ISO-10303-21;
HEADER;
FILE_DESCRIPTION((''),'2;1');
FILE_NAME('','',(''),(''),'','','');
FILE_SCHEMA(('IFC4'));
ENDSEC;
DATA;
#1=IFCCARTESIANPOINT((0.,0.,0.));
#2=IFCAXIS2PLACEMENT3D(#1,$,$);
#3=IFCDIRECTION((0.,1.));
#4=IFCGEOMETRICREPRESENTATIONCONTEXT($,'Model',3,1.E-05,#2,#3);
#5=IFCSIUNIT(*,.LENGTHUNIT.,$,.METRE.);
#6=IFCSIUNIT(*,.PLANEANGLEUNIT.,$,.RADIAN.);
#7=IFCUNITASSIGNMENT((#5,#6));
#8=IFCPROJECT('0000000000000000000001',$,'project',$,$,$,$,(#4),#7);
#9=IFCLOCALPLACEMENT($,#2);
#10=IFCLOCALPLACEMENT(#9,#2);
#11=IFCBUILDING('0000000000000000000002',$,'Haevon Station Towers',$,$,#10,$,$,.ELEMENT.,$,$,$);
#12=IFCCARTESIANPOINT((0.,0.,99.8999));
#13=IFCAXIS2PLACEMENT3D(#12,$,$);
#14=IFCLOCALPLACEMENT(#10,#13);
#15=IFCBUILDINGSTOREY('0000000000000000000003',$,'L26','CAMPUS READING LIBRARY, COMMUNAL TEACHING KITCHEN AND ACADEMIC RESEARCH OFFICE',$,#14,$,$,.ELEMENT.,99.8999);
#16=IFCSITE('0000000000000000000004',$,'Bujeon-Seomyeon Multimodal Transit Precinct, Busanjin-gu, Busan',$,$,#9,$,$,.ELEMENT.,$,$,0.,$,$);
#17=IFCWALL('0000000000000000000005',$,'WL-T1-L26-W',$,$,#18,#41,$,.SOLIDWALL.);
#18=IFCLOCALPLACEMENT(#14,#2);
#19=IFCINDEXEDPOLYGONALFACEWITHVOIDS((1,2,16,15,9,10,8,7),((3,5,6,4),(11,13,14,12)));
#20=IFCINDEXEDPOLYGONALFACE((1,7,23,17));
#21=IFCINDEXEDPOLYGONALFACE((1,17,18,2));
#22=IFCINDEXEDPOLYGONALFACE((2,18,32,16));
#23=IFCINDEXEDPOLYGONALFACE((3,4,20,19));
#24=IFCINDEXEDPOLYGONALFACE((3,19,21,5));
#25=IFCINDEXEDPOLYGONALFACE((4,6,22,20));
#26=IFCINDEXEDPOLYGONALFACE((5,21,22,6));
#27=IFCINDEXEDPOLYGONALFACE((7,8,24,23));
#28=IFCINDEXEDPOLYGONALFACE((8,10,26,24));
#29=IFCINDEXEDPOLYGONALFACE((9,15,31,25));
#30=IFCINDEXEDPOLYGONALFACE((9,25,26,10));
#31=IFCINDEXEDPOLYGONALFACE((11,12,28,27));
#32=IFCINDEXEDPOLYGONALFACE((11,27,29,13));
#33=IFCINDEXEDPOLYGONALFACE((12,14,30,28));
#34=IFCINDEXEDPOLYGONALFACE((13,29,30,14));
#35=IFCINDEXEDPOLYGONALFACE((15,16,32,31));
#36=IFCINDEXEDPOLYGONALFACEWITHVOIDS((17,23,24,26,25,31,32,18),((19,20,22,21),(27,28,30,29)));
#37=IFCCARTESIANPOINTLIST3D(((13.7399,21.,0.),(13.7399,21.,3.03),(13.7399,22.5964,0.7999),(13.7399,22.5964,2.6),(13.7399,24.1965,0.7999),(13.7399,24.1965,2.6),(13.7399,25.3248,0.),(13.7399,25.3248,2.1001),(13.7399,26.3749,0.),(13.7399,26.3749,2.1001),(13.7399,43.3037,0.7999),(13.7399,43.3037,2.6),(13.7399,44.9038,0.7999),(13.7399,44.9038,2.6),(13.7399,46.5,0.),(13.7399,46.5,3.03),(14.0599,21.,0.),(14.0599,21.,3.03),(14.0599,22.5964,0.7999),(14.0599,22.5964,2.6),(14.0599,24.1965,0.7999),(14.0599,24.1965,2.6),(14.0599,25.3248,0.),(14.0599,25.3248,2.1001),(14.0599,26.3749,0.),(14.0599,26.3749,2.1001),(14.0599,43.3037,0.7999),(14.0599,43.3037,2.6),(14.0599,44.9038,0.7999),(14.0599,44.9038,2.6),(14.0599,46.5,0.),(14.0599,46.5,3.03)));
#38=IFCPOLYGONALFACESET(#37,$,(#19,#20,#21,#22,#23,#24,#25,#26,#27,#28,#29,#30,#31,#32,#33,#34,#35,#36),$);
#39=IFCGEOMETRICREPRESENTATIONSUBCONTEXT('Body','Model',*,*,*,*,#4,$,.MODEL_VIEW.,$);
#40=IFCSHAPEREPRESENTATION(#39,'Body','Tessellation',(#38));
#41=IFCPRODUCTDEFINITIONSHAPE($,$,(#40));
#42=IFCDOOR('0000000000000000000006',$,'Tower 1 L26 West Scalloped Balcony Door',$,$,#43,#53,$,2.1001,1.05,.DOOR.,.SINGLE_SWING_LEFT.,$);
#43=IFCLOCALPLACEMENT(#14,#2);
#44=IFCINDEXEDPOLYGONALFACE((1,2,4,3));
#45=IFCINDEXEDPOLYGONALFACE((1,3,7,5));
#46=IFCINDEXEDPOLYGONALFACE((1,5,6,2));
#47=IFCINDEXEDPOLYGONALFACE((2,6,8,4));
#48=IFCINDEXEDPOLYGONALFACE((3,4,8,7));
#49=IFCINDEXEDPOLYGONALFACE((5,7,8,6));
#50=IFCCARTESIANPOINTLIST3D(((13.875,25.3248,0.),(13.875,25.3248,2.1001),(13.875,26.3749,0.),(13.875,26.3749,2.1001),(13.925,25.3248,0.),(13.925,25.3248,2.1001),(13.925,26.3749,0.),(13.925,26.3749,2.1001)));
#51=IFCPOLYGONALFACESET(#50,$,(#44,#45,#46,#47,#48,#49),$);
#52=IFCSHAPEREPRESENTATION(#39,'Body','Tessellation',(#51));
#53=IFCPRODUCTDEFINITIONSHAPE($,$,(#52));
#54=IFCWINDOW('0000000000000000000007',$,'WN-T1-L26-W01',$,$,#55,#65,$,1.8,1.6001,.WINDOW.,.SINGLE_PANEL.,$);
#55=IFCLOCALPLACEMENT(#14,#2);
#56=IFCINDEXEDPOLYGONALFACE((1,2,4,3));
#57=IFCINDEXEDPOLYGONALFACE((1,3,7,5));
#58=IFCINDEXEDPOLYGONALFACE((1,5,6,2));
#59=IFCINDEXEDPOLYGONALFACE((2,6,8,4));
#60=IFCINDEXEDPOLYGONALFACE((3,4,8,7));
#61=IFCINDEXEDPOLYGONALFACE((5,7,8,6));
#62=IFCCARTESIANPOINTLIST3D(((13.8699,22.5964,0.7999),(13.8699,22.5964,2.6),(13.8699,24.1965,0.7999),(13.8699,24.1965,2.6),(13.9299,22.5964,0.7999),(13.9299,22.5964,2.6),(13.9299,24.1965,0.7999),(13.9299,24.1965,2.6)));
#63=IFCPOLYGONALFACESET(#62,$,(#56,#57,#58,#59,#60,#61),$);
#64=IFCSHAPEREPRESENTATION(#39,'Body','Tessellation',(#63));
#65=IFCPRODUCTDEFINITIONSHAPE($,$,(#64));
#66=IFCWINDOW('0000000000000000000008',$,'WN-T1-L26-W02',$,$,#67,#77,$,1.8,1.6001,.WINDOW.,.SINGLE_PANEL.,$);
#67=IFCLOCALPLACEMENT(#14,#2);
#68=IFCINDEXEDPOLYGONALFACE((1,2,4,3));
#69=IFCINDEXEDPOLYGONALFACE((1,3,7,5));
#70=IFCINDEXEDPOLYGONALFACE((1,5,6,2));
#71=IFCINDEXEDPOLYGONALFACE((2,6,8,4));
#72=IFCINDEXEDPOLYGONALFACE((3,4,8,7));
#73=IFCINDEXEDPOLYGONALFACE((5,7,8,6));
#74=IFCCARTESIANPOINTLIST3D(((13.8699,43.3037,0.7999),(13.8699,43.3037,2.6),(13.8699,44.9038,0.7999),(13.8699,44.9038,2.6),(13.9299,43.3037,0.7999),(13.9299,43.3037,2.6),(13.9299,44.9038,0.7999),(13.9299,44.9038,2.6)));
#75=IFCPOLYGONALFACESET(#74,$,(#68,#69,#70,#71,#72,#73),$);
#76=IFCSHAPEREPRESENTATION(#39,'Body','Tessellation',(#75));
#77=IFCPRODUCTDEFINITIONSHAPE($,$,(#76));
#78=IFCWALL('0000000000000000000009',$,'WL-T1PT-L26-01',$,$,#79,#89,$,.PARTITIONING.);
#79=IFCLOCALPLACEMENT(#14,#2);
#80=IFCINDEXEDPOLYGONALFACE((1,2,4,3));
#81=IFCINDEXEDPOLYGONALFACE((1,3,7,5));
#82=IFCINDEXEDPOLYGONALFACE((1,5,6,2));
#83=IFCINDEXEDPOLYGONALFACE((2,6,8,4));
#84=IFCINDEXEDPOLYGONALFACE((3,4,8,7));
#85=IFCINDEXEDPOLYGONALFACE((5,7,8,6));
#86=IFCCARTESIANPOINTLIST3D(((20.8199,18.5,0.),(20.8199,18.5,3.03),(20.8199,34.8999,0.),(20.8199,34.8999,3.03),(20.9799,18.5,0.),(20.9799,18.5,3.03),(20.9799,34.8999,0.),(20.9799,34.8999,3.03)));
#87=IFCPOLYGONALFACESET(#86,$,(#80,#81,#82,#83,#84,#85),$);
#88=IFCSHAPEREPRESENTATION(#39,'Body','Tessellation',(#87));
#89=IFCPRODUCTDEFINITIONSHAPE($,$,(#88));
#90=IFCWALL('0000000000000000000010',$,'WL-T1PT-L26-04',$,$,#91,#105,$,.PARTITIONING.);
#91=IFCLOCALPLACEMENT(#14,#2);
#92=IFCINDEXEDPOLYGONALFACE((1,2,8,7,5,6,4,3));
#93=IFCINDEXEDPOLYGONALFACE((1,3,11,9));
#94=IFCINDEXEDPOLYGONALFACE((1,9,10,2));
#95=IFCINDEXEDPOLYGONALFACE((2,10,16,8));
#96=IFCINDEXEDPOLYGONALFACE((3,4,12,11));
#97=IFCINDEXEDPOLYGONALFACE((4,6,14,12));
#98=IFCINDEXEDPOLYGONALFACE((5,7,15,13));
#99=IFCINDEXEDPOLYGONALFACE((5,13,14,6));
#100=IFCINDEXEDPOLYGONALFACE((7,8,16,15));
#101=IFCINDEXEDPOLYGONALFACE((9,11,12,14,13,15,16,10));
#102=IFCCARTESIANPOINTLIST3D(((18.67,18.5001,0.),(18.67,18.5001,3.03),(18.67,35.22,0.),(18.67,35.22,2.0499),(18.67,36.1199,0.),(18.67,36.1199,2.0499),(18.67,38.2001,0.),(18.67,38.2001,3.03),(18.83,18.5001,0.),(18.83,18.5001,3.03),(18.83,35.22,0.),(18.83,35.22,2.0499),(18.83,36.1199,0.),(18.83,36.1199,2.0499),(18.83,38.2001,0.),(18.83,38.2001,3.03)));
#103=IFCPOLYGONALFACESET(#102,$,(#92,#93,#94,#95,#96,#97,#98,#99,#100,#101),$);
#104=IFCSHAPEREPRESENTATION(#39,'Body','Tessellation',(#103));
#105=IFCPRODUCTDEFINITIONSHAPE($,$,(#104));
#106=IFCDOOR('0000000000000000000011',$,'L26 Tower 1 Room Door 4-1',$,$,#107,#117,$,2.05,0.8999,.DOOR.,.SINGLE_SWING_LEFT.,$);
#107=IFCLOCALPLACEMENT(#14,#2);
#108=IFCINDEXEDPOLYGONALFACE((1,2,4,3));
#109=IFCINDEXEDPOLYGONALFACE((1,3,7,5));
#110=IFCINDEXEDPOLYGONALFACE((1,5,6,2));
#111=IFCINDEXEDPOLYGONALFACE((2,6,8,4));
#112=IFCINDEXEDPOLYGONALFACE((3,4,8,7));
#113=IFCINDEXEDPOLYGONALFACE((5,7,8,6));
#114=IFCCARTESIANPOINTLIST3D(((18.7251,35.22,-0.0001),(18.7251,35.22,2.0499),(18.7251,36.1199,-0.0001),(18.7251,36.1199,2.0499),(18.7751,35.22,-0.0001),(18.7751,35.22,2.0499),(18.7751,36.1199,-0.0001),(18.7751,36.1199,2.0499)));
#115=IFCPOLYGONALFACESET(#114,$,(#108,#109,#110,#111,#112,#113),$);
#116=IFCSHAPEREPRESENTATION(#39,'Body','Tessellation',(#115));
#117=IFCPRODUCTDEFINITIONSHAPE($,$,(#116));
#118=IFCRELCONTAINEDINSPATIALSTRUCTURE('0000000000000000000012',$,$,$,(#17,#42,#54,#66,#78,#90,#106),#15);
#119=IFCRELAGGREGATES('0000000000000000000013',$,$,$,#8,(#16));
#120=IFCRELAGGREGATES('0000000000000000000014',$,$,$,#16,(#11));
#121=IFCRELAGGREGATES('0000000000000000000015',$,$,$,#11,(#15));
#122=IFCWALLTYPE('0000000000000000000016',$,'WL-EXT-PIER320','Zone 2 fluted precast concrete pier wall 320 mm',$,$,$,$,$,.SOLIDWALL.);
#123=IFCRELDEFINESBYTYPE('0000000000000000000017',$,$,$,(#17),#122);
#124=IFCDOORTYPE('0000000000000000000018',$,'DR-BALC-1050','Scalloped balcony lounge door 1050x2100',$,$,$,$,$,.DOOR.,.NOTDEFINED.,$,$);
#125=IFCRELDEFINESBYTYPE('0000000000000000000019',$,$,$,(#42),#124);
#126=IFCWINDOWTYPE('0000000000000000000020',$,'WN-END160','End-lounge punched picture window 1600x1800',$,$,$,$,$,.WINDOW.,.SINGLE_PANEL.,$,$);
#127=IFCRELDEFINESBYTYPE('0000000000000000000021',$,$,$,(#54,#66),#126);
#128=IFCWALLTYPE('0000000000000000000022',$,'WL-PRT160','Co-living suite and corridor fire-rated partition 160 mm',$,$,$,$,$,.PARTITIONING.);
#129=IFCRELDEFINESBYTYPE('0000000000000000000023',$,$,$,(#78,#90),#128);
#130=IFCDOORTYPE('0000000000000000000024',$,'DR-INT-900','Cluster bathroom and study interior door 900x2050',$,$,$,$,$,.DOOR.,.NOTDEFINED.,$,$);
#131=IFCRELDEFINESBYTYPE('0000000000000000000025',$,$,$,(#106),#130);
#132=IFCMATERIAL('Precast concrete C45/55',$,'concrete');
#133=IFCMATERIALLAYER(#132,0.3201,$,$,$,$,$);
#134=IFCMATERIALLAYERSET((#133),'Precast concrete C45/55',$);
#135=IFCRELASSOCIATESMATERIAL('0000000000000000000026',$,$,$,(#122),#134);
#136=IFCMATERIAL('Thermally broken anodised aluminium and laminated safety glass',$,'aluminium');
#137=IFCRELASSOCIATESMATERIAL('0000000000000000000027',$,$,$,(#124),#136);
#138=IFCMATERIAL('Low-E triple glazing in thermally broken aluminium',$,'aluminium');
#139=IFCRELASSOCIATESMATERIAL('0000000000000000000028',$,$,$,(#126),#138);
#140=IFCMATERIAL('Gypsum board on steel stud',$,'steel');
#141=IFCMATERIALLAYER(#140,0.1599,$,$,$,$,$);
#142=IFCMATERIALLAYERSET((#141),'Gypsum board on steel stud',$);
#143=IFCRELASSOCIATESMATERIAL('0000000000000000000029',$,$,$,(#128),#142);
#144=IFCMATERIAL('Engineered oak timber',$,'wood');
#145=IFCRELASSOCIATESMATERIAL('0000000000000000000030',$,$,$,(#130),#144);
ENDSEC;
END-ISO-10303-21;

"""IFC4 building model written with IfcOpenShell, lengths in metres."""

from ifc_helpers import new_model, si_unit, direction, frame, frame_2d, origin, place, context, subcontext, project, spatial, rectangle, extrude, material, layer, layer_set, type_object, element, fill, save


model = new_model("IFC4")

# Units and contexts
model_context = context("Model", 3, precision=1e-05, world=origin(), true_north=direction((0.0, 1.0)))
body_context = subcontext(model_context, "Body", "Model", "MODEL_VIEW")
ifc_project = project(units=[si_unit("LENGTHUNIT", "METRE"), si_unit("PLANEANGLEUNIT", "RADIAN")], contexts=[model_context])

# Site, building, storey
site_placement = place(None, origin())
site = spatial("IfcSite", under=ifc_project, at=site_placement, Name="Bujeon-Seomyeon Multimodal Transit Precinct, Busanjin-gu, Busan", CompositionType="ELEMENT", RefElevation=0.0)
building_placement = place(site_placement, origin())
building = spatial("IfcBuilding", under=site, at=building_placement, Name="Haevon Station Towers", CompositionType="ELEMENT")
storey_placement = place(building_placement, frame((0.0, 0.0, 99.8999)))
storey = spatial("IfcBuildingStorey", under=building, at=storey_placement, Name="L26", Description="CAMPUS READING LIBRARY, COMMUNAL TEACHING KITCHEN AND ACADEMIC RESEARCH OFFICE", CompositionType="ELEMENT", Elevation=99.8999)

# Shared definitions
ifc_material_1 = material(Name="Precast concrete C45/55", Category="concrete")
ifc_layer_1 = layer(ifc_material_1, 0.3201)
ifc_layer_set_1 = layer_set([ifc_layer_1], Name="Precast concrete C45/55")
wall_type_1 = type_object("IfcWallType", Name="WL-EXT-PIER320", Description="Zone 2 fluted precast concrete pier wall 320 mm", PredefinedType="SOLIDWALL", material=ifc_layer_set_1)

# Wall, openings, door, windows
wall_1_placement = place(storey_placement, frame((13.8999, 21.0, 0.0), z_axis=(0.0, 0.0, 1.0), x_axis=(0.0, 1.0, 0.0)))
wall_1 = element("IfcWall", 1, at=wall_1_placement, inside=storey, type_object=wall_type_1, Name="WL-T1-L26-W", PredefinedType="SOLIDWALL", context=body_context, shape_type="SweptSolid", body=[
    extrude(rectangle(XDim=25.5, YDim=0.3201, at=frame_2d((12.75, 0.0))), origin(), (0.0, 0.0, 1.0), 3.03),
])
opening_1_placement = place(wall_1_placement, frame((4.325, 0.0, 0.0)))
opening_1 = element("IfcOpeningElement", 2, at=opening_1_placement, cuts=wall_1, PredefinedType="OPENING", context=body_context, shape_type="SweptSolid", body=[
    extrude(rectangle(XDim=1.05, YDim=2.1001, at=frame_2d((0.5249, 1.05))), frame((0.0, 0.1699, 0.0), z_axis=(0.0, -1.0, 0.0), x_axis=(1.0, 0.0, 0.0)), (0.0, 0.0, 1.0), 0.3401),
])
opening_2_placement = place(wall_1_placement, frame((1.5964, 0.0, 0.8)))
opening_2 = element("IfcOpeningElement", 3, at=opening_2_placement, cuts=wall_1, PredefinedType="OPENING", context=body_context, shape_type="SweptSolid", body=[
    extrude(rectangle(XDim=1.6001, YDim=1.8, at=frame_2d((0.8, 0.8999))), frame((0.0, 0.1699, 0.0), z_axis=(0.0, -1.0, 0.0), x_axis=(1.0, 0.0, 0.0)), (0.0, 0.0, 1.0), 0.3401),
])
opening_3_placement = place(wall_1_placement, frame((22.3037, 0.0, 0.8)))
opening_3 = element("IfcOpeningElement", 4, at=opening_3_placement, cuts=wall_1, PredefinedType="OPENING", context=body_context, shape_type="SweptSolid", body=[
    extrude(rectangle(XDim=1.6001, YDim=1.8, at=frame_2d((0.8, 0.8999))), frame((0.0, 0.1699, 0.0), z_axis=(0.0, -1.0, 0.0), x_axis=(1.0, 0.0, 0.0)), (0.0, 0.0, 1.0), 0.3401),
])
ifc_material_2 = material(Name="Thermally broken anodised aluminium and laminated safety glass", Category="aluminium")
door_type_1 = type_object("IfcDoorType", Name="DR-BALC-1050", Description="Scalloped balcony lounge door 1050x2100", OperationType="NOTDEFINED", PredefinedType="DOOR", material=ifc_material_2)
door_1_placement = place(opening_1_placement, origin())
door_1 = element("IfcDoor", 5, at=door_1_placement, inside=storey, type_object=door_type_1, Name="Tower 1 L26 West Scalloped Balcony Door", OperationType="SINGLE_SWING_LEFT", OverallHeight=2.1001, OverallWidth=1.05, PredefinedType="DOOR", context=body_context, shape_type="SweptSolid", body=[
    extrude(rectangle(XDim=1.05, YDim=2.1001, at=frame_2d((0.5249, 1.05))), frame((0.0, 0.0249, 0.0), z_axis=(0.0, -1.0, 0.0), x_axis=(1.0, 0.0, 0.0)), (0.0, 0.0, 1.0), 0.05),
])
fill(opening_1, door_1)
ifc_material_3 = material(Name="Low-E triple glazing in thermally broken aluminium", Category="aluminium")
window_type = type_object("IfcWindowType", Name="WN-END160", Description="End-lounge punched picture window 1600x1800", PartitioningType="SINGLE_PANEL", PredefinedType="WINDOW", material=ifc_material_3)
window_1_placement = place(opening_2_placement, origin())
window_1 = element("IfcWindow", 6, at=window_1_placement, inside=storey, type_object=window_type, Name="WN-T1-L26-W01", OverallHeight=1.8, OverallWidth=1.6001, PartitioningType="SINGLE_PANEL", PredefinedType="WINDOW", context=body_context, shape_type="SweptSolid", body=[
    extrude(rectangle(XDim=1.6001, YDim=1.8, at=frame_2d((0.8, 0.8999))), frame((0.0, 0.03, 0.0), z_axis=(0.0, -1.0, 0.0), x_axis=(1.0, 0.0, 0.0)), (0.0, 0.0, 1.0), 0.0601),
])
fill(opening_2, window_1)
window_2_placement = place(opening_3_placement, origin())
window_2 = element("IfcWindow", 7, at=window_2_placement, inside=storey, type_object=window_type, Name="WN-T1-L26-W02", OverallHeight=1.8, OverallWidth=1.6001, PartitioningType="SINGLE_PANEL", PredefinedType="WINDOW", context=body_context, shape_type="SweptSolid", body=[
    extrude(rectangle(XDim=1.6001, YDim=1.8, at=frame_2d((0.8, 0.8999))), frame((0.0, 0.03, 0.0), z_axis=(0.0, -1.0, 0.0), x_axis=(1.0, 0.0, 0.0)), (0.0, 0.0, 1.0), 0.0601),
])
fill(opening_3, window_2)

# Wall
ifc_material_4 = material(Name="Gypsum board on steel stud", Category="steel")
ifc_layer_2 = layer(ifc_material_4, 0.1599)
ifc_layer_set_2 = layer_set([ifc_layer_2], Name="Gypsum board on steel stud")
wall_type_2 = type_object("IfcWallType", Name="WL-PRT160", Description="Co-living suite and corridor fire-rated partition 160 mm", PredefinedType="PARTITIONING", material=ifc_layer_set_2)
wall_2_placement = place(storey_placement, frame((20.8999, 18.5, 0.0), z_axis=(0.0, 0.0, 1.0), x_axis=(0.0, 1.0, 0.0)))
element("IfcWall", 8, at=wall_2_placement, inside=storey, type_object=wall_type_2, Name="WL-T1PT-L26-01", PredefinedType="PARTITIONING", context=body_context, shape_type="SweptSolid", body=[
    extrude(rectangle(XDim=16.3999, YDim=0.1599, at=frame_2d((8.2, 0.0))), origin(), (0.0, 0.0, 1.0), 3.03),
])

# Wall, opening, door
wall_3_placement = place(storey_placement, frame((18.75, 18.5, 0.0), z_axis=(0.0, 0.0, 1.0), x_axis=(0.0, 1.0, 0.0)))
wall_3 = element("IfcWall", 9, at=wall_3_placement, inside=storey, type_object=wall_type_2, Name="WL-T1PT-L26-04", PredefinedType="PARTITIONING", context=body_context, shape_type="SweptSolid", body=[
    extrude(rectangle(XDim=19.7, YDim=0.1599, at=frame_2d((9.8501, 0.0))), origin(), (0.0, 0.0, 1.0), 3.03),
])
opening_4_placement = place(wall_3_placement, frame((16.72, 0.0, 0.0)))
opening_4 = element("IfcOpeningElement", 10, at=opening_4_placement, cuts=wall_3, PredefinedType="OPENING", context=body_context, shape_type="SweptSolid", body=[
    extrude(rectangle(XDim=0.8999, YDim=2.05, at=frame_2d((0.45, 1.0249))), frame((0.0, 0.0898, 0.0), z_axis=(0.0, -1.0, 0.0), x_axis=(1.0, 0.0, 0.0)), (0.0, 0.0, 1.0), 0.1799),
])
ifc_material_5 = material(Name="Engineered oak timber", Category="wood")
door_type_2 = type_object("IfcDoorType", Name="DR-INT-900", Description="Cluster bathroom and study interior door 900x2050", OperationType="NOTDEFINED", PredefinedType="DOOR", material=ifc_material_5)
door_2_placement = place(opening_4_placement, origin())
door_2 = element("IfcDoor", 11, at=door_2_placement, inside=storey, type_object=door_type_2, Name="L26 Tower 1 Room Door 4-1", OperationType="SINGLE_SWING_LEFT", OverallHeight=2.05, OverallWidth=0.8999, PredefinedType="DOOR", context=body_context, shape_type="SweptSolid", body=[
    extrude(rectangle(XDim=0.8999, YDim=2.05, at=frame_2d((0.45, 1.0249))), frame((0.0, 0.0249, 0.0), z_axis=(0.0, -1.0, 0.0), x_axis=(1.0, 0.0, 0.0)), (0.0, 0.0, 1.0), 0.05),
])
fill(opening_4, door_2)

save(model, "model.ifc")
